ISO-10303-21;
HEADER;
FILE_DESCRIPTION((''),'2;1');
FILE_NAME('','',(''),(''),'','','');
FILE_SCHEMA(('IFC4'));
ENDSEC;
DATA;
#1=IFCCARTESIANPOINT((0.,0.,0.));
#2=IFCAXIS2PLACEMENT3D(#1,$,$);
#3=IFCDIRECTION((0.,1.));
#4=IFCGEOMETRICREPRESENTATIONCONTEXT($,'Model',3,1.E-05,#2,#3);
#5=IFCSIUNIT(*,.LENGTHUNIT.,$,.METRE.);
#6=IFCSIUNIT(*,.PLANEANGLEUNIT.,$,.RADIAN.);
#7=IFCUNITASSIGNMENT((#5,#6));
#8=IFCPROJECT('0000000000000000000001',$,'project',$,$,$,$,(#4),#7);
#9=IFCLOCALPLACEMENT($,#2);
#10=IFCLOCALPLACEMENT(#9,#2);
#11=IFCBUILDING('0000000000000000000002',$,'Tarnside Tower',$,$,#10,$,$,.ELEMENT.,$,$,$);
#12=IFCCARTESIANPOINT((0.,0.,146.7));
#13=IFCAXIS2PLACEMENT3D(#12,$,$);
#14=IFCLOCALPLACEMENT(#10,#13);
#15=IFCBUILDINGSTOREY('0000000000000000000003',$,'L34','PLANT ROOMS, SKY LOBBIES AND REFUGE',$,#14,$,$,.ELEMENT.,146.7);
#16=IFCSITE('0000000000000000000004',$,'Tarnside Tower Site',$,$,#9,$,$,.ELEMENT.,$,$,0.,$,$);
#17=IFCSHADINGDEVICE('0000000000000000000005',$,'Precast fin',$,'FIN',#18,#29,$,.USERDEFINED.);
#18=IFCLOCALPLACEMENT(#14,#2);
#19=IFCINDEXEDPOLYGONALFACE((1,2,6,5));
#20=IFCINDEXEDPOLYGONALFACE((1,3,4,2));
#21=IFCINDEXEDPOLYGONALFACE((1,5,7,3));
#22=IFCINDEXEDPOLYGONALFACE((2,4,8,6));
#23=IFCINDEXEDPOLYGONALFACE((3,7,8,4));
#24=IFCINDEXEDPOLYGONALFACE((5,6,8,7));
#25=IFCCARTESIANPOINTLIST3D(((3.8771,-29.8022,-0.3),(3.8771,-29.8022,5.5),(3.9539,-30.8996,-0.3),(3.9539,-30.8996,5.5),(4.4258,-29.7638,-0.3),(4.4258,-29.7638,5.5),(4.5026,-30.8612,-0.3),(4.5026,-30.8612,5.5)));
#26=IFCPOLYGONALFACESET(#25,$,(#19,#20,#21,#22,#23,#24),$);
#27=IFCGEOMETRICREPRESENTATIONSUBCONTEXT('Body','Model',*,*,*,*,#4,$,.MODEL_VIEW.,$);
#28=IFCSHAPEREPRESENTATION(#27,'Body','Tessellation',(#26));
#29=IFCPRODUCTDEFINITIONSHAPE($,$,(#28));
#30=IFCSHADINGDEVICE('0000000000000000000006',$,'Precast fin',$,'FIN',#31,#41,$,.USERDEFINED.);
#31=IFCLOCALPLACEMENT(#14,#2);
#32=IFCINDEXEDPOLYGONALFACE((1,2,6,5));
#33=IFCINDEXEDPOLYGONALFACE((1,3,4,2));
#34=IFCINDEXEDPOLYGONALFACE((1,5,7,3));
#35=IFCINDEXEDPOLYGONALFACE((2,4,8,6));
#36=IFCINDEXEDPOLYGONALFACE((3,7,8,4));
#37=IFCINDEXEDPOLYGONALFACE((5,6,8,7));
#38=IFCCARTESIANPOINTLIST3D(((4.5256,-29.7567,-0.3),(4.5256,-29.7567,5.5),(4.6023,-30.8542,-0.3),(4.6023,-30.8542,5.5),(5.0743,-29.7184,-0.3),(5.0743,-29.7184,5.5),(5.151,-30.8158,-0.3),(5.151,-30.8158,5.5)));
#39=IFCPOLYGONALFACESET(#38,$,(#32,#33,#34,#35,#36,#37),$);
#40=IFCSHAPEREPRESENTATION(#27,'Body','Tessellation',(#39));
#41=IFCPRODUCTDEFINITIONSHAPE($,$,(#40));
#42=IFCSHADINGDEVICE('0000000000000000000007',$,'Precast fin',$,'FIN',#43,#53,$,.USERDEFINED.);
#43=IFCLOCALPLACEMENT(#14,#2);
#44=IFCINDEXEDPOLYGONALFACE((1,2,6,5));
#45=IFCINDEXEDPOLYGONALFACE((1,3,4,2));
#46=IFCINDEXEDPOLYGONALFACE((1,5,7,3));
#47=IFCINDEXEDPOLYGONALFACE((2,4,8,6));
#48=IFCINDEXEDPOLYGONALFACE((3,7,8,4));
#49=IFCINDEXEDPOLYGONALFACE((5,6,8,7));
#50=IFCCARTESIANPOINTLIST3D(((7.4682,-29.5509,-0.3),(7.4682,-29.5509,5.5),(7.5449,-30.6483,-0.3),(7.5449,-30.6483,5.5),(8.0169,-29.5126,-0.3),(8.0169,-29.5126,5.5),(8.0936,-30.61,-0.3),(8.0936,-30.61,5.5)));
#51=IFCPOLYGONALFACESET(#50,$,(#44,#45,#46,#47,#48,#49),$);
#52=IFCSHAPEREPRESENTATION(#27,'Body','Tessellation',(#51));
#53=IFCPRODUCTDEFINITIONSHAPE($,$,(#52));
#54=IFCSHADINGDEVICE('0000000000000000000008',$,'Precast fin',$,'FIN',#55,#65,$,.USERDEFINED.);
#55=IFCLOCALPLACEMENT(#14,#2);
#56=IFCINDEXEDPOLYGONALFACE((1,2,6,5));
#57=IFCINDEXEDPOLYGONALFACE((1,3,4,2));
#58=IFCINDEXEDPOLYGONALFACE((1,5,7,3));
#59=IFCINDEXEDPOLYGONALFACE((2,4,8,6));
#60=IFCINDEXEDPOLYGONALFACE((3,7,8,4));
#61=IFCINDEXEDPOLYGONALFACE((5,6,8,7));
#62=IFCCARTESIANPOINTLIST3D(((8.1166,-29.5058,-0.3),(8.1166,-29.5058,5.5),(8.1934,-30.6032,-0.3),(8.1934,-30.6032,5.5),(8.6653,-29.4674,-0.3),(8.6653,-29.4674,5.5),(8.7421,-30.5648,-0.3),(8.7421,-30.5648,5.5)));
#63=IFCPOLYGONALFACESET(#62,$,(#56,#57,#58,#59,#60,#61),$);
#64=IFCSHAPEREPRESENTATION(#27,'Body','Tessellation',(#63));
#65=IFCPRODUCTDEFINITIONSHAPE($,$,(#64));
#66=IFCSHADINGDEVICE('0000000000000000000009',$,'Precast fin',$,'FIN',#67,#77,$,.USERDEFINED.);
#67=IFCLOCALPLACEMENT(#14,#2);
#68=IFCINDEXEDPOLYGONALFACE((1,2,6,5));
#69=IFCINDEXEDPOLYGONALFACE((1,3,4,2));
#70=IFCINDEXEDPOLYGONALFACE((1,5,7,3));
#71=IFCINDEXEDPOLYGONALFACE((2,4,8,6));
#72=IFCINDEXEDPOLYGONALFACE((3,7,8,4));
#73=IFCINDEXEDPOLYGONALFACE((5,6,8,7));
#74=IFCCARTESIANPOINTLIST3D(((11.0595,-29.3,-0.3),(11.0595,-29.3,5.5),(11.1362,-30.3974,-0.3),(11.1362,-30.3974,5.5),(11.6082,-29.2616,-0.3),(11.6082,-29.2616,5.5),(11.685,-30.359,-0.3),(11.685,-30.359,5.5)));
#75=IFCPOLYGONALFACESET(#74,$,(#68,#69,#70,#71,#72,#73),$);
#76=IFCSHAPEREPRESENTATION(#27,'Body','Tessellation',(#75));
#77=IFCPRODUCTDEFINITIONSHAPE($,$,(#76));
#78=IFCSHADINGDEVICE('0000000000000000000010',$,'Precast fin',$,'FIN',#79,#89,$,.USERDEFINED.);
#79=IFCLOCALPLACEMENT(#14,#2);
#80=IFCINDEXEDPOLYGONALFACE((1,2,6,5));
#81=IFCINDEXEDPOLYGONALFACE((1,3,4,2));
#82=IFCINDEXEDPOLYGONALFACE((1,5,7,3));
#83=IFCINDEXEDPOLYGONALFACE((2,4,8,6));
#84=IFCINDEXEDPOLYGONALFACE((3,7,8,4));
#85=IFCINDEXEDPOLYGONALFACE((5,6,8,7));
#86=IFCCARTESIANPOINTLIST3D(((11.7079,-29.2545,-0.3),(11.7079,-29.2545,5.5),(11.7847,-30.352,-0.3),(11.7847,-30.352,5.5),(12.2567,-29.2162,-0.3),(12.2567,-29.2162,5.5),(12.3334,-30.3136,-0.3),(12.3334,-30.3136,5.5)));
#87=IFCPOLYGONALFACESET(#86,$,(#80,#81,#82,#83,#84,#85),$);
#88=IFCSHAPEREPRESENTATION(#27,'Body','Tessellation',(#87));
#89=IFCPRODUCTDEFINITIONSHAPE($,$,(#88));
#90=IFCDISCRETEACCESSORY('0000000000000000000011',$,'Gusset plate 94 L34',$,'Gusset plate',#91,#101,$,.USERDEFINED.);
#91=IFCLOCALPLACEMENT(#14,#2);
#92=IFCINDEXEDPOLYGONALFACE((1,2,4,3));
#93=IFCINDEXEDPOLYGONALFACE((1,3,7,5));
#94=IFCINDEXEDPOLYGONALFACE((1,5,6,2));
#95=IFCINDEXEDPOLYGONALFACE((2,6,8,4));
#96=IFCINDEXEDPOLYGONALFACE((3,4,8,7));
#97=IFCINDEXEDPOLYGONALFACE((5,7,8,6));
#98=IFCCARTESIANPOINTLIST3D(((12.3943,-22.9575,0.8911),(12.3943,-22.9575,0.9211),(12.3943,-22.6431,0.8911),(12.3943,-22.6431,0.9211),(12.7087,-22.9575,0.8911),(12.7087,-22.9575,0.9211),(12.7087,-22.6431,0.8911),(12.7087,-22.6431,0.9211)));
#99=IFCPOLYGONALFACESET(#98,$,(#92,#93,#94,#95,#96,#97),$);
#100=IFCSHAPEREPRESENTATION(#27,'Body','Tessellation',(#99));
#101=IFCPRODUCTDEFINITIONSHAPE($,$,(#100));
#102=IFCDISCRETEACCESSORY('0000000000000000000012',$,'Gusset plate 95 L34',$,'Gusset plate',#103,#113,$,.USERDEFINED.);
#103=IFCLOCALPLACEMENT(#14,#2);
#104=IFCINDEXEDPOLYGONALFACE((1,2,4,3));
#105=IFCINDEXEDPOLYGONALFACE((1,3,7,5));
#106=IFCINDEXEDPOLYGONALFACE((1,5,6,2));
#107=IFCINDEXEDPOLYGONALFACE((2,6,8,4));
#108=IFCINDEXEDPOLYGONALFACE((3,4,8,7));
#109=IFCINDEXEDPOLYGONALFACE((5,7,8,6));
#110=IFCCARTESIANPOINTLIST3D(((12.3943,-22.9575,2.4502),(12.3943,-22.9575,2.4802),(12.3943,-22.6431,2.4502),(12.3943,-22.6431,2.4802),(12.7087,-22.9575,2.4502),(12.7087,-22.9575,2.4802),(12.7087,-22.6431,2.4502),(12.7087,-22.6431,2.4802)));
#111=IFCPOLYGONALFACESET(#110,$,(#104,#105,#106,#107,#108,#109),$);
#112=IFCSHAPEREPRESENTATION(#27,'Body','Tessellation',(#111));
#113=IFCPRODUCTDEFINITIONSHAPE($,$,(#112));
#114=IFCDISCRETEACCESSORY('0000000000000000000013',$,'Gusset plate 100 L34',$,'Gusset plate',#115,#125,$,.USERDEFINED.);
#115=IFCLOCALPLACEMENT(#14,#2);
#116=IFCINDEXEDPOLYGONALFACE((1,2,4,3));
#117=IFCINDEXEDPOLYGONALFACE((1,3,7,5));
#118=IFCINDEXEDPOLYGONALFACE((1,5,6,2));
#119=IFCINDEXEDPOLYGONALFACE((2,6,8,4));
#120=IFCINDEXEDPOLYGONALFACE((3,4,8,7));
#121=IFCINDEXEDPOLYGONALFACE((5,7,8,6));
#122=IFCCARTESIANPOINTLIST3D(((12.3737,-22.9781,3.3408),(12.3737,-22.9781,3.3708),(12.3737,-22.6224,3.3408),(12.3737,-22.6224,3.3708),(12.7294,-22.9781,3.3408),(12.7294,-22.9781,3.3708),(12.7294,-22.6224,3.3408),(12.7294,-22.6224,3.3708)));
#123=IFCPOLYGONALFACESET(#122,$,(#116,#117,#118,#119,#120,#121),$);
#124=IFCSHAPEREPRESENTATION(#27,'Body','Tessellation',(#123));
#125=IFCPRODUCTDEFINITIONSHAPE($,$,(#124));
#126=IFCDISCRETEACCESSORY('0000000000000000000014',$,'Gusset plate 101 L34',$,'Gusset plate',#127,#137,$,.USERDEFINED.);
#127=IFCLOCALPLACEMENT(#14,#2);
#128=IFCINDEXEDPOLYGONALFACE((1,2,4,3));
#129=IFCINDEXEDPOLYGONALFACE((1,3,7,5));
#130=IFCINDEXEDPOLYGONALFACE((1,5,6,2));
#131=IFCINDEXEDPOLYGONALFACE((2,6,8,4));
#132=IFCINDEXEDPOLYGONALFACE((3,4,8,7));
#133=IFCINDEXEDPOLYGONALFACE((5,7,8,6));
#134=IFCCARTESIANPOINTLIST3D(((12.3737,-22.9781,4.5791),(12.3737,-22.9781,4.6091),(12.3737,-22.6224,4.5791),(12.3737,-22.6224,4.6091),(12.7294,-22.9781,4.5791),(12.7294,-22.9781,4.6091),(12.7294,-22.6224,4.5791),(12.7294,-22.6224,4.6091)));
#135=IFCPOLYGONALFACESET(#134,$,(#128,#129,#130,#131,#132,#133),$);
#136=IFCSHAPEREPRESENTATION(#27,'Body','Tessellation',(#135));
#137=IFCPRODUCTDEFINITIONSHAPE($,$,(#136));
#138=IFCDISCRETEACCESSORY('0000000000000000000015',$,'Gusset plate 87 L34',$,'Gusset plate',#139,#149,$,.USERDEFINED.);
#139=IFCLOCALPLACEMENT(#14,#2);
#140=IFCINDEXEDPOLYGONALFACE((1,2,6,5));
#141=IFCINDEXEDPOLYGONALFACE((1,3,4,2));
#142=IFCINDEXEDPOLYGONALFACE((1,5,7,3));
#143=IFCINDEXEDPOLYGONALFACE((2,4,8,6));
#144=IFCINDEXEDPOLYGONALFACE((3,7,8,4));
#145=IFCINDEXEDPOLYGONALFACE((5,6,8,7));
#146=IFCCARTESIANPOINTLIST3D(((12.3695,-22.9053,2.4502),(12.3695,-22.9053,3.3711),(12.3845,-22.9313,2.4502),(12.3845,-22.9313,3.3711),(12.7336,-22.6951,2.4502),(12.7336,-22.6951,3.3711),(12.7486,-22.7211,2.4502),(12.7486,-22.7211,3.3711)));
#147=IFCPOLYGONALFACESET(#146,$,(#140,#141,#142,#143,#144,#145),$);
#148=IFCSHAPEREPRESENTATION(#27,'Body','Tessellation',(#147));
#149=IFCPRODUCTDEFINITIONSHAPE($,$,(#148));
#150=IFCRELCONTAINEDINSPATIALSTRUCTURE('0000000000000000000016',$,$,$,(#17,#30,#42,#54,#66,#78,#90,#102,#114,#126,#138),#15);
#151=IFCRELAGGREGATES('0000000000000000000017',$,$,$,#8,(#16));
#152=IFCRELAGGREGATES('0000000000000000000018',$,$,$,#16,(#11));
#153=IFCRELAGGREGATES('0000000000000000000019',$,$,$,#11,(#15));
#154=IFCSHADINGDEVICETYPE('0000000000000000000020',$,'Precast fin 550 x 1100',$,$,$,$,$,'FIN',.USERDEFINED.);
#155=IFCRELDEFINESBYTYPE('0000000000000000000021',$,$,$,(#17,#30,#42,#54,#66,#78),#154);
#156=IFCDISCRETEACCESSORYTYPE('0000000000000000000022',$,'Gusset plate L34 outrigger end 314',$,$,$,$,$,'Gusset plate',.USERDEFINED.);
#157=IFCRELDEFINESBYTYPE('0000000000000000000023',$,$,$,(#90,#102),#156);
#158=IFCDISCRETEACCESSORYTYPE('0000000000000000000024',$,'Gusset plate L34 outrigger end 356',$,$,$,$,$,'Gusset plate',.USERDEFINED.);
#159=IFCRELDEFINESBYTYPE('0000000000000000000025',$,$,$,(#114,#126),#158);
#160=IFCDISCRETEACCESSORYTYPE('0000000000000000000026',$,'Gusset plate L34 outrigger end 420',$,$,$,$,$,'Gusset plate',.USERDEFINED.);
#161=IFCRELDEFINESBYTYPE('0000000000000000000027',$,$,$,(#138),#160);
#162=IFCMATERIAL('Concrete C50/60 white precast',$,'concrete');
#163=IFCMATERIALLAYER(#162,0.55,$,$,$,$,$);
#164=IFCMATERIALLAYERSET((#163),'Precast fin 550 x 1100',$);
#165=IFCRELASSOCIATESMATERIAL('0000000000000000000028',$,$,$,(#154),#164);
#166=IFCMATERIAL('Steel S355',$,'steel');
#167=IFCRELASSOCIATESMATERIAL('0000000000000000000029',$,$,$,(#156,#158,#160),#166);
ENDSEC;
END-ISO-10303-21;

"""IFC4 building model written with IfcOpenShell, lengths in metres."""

from ifc_helpers import new_model, si_unit, direction, frame, origin, origin_2d, place, context, subcontext, project, spatial, polyline, rectangle, outline, extrude, material, layer, layer_set, type_object, element, save


model = new_model("IFC4")

# Units and contexts
model_context = context("Model", 3, precision=1e-05, world=origin(), true_north=direction((0.0, 1.0)))
body_context = subcontext(model_context, "Body", "Model", "MODEL_VIEW")
ifc_project = project(units=[si_unit("LENGTHUNIT", "METRE"), si_unit("PLANEANGLEUNIT", "RADIAN")], contexts=[model_context])

# Site, building, storey
site_placement = place(None, origin())
site = spatial("IfcSite", under=ifc_project, at=site_placement, Name="Tarnside Tower Site", CompositionType="ELEMENT", RefElevation=0.0)
building_placement = place(site_placement, origin())
building = spatial("IfcBuilding", under=site, at=building_placement, Name="Tarnside Tower", CompositionType="ELEMENT")
storey_placement = place(building_placement, frame((0.0, 0.0, 146.7)))
storey = spatial("IfcBuildingStorey", under=building, at=storey_placement, Name="L34", Description="PLANT ROOMS, SKY LOBBIES AND REFUGE", CompositionType="ELEMENT", Elevation=146.7)

# Shared definitions
ifc_material_1 = material(Name="Steel S355", Category="steel")

# Shading devices
ifc_material_2 = material(Name="Concrete C50/60 white precast", Category="concrete")
ifc_layer_1 = layer(ifc_material_2, 0.55)
ifc_layer_set_1 = layer_set([ifc_layer_1], Name="Precast fin 550 x 1100")
shading_device_type = type_object("IfcShadingDeviceType", Name="Precast fin 550 x 1100", ElementType="FIN", PredefinedType="USERDEFINED", material=ifc_layer_set_1)
for number, where, z_axis, x_axis, name in (
    (1, (4.1516, -29.783, -0.3), (-0.997564, -0.069756, 0.0), (0.069756, -0.997564, 0.0), "Precast fin"),
    (2, (4.8, -29.7375, -0.3), (-0.997564, -0.069756, 0.0), (0.069756, -0.997564, 0.0), "Precast fin"),
    (3, (7.7427, -29.5317, -0.3), (-0.997564, -0.069756, 0.0), (0.069756, -0.997564, 0.0), "Precast fin"),
    (4, (8.3911, -29.4866, -0.3), (-0.997564, -0.069756, 0.0), (0.069756, -0.997564, 0.0), "Precast fin"),
    (5, (11.334, -29.2808, -0.3), (-0.997564, -0.069756, 0.0), (0.069756, -0.997564, 0.0), "Precast fin"),
    (6, (11.9824, -29.2354, -0.3), (-0.997564, -0.069756, 0.0), (0.069756, -0.997564, 0.0), "Precast fin"),
):
    element("IfcShadingDevice", number, at=place(storey_placement, frame(where, z_axis=z_axis, x_axis=x_axis)), inside=storey, type_object=shading_device_type, Name=name, ObjectType="FIN", PredefinedType="USERDEFINED", context=body_context, shape_type="SweptSolid", body=[
        extrude(outline(polyline([(0.0, 0.0), (1.1001, 0.0), (1.1001, 5.8), (0.0, 5.8), (0.0, 0.0)])), frame((0.0, 0.0, -0.2749)), (0.0, 0.0, 1.0), 0.55),
    ])

# Discrete accessories
discrete_accessory_type_1 = type_object("IfcDiscreteAccessoryType", Name="Gusset plate L34 outrigger end 314", ElementType="Gusset plate", PredefinedType="USERDEFINED", material=ifc_material_1)
for number, where, z_axis, x_axis, name in (
    (7, (12.5515, -22.8003, 0.8911), (0.0, 0.0, 1.0), (1.0, 0.0, 0.0), "Gusset plate 94 L34"),
    (8, (12.5515, -22.8003, 2.4502), (0.0, 0.0, 1.0), (1.0, 0.0, 0.0), "Gusset plate 95 L34"),
):
    element("IfcDiscreteAccessory", number, at=place(storey_placement, frame(where, z_axis=z_axis, x_axis=x_axis)), inside=storey, type_object=discrete_accessory_type_1, Name=name, ObjectType="Gusset plate", PredefinedType="USERDEFINED", context=body_context, shape_type="SweptSolid", body=[
        extrude(rectangle(XDim=0.3145, YDim=0.3145, at=origin_2d()), origin(), (0.0, 0.0, 1.0), 0.03),
    ])
discrete_accessory_type_2 = type_object("IfcDiscreteAccessoryType", Name="Gusset plate L34 outrigger end 356", ElementType="Gusset plate", PredefinedType="USERDEFINED", material=ifc_material_1)
for number, where, z_axis, x_axis, name in (
    (9, (12.5515, -22.8003, 3.3408), (0.0, 0.0, 1.0), (1.0, 0.0, 0.0), "Gusset plate 100 L34"),
    (10, (12.5515, -22.8003, 4.5791), (0.0, 0.0, 1.0), (1.0, 0.0, 0.0), "Gusset plate 101 L34"),
):
    element("IfcDiscreteAccessory", number, at=place(storey_placement, frame(where, z_axis=z_axis, x_axis=x_axis)), inside=storey, type_object=discrete_accessory_type_2, Name=name, ObjectType="Gusset plate", PredefinedType="USERDEFINED", context=body_context, shape_type="SweptSolid", body=[
        extrude(rectangle(XDim=0.3557, YDim=0.3557, at=origin_2d()), origin(), (0.0, 0.0, 1.0), 0.03),
    ])
discrete_accessory_type_3 = type_object("IfcDiscreteAccessoryType", Name="Gusset plate L34 outrigger end 420", ElementType="Gusset plate", PredefinedType="USERDEFINED", material=ifc_material_1)
discrete_accessory_placement = place(storey_placement, frame((12.5591, -22.8132, 2.4502), z_axis=(0.0, 0.0, 1.0), x_axis=(0.500012, -0.866018, 0.0)))
element("IfcDiscreteAccessory", 11, at=discrete_accessory_placement, inside=storey, type_object=discrete_accessory_type_3, Name="Gusset plate 87 L34", ObjectType="Gusset plate", PredefinedType="USERDEFINED", context=body_context, shape_type="SweptSolid", body=[
    extrude(rectangle(XDim=0.03, YDim=0.4204, at=origin_2d()), origin(), (0.0, 0.0, 1.0), 0.9209),
])

save(model, "model.ifc")
